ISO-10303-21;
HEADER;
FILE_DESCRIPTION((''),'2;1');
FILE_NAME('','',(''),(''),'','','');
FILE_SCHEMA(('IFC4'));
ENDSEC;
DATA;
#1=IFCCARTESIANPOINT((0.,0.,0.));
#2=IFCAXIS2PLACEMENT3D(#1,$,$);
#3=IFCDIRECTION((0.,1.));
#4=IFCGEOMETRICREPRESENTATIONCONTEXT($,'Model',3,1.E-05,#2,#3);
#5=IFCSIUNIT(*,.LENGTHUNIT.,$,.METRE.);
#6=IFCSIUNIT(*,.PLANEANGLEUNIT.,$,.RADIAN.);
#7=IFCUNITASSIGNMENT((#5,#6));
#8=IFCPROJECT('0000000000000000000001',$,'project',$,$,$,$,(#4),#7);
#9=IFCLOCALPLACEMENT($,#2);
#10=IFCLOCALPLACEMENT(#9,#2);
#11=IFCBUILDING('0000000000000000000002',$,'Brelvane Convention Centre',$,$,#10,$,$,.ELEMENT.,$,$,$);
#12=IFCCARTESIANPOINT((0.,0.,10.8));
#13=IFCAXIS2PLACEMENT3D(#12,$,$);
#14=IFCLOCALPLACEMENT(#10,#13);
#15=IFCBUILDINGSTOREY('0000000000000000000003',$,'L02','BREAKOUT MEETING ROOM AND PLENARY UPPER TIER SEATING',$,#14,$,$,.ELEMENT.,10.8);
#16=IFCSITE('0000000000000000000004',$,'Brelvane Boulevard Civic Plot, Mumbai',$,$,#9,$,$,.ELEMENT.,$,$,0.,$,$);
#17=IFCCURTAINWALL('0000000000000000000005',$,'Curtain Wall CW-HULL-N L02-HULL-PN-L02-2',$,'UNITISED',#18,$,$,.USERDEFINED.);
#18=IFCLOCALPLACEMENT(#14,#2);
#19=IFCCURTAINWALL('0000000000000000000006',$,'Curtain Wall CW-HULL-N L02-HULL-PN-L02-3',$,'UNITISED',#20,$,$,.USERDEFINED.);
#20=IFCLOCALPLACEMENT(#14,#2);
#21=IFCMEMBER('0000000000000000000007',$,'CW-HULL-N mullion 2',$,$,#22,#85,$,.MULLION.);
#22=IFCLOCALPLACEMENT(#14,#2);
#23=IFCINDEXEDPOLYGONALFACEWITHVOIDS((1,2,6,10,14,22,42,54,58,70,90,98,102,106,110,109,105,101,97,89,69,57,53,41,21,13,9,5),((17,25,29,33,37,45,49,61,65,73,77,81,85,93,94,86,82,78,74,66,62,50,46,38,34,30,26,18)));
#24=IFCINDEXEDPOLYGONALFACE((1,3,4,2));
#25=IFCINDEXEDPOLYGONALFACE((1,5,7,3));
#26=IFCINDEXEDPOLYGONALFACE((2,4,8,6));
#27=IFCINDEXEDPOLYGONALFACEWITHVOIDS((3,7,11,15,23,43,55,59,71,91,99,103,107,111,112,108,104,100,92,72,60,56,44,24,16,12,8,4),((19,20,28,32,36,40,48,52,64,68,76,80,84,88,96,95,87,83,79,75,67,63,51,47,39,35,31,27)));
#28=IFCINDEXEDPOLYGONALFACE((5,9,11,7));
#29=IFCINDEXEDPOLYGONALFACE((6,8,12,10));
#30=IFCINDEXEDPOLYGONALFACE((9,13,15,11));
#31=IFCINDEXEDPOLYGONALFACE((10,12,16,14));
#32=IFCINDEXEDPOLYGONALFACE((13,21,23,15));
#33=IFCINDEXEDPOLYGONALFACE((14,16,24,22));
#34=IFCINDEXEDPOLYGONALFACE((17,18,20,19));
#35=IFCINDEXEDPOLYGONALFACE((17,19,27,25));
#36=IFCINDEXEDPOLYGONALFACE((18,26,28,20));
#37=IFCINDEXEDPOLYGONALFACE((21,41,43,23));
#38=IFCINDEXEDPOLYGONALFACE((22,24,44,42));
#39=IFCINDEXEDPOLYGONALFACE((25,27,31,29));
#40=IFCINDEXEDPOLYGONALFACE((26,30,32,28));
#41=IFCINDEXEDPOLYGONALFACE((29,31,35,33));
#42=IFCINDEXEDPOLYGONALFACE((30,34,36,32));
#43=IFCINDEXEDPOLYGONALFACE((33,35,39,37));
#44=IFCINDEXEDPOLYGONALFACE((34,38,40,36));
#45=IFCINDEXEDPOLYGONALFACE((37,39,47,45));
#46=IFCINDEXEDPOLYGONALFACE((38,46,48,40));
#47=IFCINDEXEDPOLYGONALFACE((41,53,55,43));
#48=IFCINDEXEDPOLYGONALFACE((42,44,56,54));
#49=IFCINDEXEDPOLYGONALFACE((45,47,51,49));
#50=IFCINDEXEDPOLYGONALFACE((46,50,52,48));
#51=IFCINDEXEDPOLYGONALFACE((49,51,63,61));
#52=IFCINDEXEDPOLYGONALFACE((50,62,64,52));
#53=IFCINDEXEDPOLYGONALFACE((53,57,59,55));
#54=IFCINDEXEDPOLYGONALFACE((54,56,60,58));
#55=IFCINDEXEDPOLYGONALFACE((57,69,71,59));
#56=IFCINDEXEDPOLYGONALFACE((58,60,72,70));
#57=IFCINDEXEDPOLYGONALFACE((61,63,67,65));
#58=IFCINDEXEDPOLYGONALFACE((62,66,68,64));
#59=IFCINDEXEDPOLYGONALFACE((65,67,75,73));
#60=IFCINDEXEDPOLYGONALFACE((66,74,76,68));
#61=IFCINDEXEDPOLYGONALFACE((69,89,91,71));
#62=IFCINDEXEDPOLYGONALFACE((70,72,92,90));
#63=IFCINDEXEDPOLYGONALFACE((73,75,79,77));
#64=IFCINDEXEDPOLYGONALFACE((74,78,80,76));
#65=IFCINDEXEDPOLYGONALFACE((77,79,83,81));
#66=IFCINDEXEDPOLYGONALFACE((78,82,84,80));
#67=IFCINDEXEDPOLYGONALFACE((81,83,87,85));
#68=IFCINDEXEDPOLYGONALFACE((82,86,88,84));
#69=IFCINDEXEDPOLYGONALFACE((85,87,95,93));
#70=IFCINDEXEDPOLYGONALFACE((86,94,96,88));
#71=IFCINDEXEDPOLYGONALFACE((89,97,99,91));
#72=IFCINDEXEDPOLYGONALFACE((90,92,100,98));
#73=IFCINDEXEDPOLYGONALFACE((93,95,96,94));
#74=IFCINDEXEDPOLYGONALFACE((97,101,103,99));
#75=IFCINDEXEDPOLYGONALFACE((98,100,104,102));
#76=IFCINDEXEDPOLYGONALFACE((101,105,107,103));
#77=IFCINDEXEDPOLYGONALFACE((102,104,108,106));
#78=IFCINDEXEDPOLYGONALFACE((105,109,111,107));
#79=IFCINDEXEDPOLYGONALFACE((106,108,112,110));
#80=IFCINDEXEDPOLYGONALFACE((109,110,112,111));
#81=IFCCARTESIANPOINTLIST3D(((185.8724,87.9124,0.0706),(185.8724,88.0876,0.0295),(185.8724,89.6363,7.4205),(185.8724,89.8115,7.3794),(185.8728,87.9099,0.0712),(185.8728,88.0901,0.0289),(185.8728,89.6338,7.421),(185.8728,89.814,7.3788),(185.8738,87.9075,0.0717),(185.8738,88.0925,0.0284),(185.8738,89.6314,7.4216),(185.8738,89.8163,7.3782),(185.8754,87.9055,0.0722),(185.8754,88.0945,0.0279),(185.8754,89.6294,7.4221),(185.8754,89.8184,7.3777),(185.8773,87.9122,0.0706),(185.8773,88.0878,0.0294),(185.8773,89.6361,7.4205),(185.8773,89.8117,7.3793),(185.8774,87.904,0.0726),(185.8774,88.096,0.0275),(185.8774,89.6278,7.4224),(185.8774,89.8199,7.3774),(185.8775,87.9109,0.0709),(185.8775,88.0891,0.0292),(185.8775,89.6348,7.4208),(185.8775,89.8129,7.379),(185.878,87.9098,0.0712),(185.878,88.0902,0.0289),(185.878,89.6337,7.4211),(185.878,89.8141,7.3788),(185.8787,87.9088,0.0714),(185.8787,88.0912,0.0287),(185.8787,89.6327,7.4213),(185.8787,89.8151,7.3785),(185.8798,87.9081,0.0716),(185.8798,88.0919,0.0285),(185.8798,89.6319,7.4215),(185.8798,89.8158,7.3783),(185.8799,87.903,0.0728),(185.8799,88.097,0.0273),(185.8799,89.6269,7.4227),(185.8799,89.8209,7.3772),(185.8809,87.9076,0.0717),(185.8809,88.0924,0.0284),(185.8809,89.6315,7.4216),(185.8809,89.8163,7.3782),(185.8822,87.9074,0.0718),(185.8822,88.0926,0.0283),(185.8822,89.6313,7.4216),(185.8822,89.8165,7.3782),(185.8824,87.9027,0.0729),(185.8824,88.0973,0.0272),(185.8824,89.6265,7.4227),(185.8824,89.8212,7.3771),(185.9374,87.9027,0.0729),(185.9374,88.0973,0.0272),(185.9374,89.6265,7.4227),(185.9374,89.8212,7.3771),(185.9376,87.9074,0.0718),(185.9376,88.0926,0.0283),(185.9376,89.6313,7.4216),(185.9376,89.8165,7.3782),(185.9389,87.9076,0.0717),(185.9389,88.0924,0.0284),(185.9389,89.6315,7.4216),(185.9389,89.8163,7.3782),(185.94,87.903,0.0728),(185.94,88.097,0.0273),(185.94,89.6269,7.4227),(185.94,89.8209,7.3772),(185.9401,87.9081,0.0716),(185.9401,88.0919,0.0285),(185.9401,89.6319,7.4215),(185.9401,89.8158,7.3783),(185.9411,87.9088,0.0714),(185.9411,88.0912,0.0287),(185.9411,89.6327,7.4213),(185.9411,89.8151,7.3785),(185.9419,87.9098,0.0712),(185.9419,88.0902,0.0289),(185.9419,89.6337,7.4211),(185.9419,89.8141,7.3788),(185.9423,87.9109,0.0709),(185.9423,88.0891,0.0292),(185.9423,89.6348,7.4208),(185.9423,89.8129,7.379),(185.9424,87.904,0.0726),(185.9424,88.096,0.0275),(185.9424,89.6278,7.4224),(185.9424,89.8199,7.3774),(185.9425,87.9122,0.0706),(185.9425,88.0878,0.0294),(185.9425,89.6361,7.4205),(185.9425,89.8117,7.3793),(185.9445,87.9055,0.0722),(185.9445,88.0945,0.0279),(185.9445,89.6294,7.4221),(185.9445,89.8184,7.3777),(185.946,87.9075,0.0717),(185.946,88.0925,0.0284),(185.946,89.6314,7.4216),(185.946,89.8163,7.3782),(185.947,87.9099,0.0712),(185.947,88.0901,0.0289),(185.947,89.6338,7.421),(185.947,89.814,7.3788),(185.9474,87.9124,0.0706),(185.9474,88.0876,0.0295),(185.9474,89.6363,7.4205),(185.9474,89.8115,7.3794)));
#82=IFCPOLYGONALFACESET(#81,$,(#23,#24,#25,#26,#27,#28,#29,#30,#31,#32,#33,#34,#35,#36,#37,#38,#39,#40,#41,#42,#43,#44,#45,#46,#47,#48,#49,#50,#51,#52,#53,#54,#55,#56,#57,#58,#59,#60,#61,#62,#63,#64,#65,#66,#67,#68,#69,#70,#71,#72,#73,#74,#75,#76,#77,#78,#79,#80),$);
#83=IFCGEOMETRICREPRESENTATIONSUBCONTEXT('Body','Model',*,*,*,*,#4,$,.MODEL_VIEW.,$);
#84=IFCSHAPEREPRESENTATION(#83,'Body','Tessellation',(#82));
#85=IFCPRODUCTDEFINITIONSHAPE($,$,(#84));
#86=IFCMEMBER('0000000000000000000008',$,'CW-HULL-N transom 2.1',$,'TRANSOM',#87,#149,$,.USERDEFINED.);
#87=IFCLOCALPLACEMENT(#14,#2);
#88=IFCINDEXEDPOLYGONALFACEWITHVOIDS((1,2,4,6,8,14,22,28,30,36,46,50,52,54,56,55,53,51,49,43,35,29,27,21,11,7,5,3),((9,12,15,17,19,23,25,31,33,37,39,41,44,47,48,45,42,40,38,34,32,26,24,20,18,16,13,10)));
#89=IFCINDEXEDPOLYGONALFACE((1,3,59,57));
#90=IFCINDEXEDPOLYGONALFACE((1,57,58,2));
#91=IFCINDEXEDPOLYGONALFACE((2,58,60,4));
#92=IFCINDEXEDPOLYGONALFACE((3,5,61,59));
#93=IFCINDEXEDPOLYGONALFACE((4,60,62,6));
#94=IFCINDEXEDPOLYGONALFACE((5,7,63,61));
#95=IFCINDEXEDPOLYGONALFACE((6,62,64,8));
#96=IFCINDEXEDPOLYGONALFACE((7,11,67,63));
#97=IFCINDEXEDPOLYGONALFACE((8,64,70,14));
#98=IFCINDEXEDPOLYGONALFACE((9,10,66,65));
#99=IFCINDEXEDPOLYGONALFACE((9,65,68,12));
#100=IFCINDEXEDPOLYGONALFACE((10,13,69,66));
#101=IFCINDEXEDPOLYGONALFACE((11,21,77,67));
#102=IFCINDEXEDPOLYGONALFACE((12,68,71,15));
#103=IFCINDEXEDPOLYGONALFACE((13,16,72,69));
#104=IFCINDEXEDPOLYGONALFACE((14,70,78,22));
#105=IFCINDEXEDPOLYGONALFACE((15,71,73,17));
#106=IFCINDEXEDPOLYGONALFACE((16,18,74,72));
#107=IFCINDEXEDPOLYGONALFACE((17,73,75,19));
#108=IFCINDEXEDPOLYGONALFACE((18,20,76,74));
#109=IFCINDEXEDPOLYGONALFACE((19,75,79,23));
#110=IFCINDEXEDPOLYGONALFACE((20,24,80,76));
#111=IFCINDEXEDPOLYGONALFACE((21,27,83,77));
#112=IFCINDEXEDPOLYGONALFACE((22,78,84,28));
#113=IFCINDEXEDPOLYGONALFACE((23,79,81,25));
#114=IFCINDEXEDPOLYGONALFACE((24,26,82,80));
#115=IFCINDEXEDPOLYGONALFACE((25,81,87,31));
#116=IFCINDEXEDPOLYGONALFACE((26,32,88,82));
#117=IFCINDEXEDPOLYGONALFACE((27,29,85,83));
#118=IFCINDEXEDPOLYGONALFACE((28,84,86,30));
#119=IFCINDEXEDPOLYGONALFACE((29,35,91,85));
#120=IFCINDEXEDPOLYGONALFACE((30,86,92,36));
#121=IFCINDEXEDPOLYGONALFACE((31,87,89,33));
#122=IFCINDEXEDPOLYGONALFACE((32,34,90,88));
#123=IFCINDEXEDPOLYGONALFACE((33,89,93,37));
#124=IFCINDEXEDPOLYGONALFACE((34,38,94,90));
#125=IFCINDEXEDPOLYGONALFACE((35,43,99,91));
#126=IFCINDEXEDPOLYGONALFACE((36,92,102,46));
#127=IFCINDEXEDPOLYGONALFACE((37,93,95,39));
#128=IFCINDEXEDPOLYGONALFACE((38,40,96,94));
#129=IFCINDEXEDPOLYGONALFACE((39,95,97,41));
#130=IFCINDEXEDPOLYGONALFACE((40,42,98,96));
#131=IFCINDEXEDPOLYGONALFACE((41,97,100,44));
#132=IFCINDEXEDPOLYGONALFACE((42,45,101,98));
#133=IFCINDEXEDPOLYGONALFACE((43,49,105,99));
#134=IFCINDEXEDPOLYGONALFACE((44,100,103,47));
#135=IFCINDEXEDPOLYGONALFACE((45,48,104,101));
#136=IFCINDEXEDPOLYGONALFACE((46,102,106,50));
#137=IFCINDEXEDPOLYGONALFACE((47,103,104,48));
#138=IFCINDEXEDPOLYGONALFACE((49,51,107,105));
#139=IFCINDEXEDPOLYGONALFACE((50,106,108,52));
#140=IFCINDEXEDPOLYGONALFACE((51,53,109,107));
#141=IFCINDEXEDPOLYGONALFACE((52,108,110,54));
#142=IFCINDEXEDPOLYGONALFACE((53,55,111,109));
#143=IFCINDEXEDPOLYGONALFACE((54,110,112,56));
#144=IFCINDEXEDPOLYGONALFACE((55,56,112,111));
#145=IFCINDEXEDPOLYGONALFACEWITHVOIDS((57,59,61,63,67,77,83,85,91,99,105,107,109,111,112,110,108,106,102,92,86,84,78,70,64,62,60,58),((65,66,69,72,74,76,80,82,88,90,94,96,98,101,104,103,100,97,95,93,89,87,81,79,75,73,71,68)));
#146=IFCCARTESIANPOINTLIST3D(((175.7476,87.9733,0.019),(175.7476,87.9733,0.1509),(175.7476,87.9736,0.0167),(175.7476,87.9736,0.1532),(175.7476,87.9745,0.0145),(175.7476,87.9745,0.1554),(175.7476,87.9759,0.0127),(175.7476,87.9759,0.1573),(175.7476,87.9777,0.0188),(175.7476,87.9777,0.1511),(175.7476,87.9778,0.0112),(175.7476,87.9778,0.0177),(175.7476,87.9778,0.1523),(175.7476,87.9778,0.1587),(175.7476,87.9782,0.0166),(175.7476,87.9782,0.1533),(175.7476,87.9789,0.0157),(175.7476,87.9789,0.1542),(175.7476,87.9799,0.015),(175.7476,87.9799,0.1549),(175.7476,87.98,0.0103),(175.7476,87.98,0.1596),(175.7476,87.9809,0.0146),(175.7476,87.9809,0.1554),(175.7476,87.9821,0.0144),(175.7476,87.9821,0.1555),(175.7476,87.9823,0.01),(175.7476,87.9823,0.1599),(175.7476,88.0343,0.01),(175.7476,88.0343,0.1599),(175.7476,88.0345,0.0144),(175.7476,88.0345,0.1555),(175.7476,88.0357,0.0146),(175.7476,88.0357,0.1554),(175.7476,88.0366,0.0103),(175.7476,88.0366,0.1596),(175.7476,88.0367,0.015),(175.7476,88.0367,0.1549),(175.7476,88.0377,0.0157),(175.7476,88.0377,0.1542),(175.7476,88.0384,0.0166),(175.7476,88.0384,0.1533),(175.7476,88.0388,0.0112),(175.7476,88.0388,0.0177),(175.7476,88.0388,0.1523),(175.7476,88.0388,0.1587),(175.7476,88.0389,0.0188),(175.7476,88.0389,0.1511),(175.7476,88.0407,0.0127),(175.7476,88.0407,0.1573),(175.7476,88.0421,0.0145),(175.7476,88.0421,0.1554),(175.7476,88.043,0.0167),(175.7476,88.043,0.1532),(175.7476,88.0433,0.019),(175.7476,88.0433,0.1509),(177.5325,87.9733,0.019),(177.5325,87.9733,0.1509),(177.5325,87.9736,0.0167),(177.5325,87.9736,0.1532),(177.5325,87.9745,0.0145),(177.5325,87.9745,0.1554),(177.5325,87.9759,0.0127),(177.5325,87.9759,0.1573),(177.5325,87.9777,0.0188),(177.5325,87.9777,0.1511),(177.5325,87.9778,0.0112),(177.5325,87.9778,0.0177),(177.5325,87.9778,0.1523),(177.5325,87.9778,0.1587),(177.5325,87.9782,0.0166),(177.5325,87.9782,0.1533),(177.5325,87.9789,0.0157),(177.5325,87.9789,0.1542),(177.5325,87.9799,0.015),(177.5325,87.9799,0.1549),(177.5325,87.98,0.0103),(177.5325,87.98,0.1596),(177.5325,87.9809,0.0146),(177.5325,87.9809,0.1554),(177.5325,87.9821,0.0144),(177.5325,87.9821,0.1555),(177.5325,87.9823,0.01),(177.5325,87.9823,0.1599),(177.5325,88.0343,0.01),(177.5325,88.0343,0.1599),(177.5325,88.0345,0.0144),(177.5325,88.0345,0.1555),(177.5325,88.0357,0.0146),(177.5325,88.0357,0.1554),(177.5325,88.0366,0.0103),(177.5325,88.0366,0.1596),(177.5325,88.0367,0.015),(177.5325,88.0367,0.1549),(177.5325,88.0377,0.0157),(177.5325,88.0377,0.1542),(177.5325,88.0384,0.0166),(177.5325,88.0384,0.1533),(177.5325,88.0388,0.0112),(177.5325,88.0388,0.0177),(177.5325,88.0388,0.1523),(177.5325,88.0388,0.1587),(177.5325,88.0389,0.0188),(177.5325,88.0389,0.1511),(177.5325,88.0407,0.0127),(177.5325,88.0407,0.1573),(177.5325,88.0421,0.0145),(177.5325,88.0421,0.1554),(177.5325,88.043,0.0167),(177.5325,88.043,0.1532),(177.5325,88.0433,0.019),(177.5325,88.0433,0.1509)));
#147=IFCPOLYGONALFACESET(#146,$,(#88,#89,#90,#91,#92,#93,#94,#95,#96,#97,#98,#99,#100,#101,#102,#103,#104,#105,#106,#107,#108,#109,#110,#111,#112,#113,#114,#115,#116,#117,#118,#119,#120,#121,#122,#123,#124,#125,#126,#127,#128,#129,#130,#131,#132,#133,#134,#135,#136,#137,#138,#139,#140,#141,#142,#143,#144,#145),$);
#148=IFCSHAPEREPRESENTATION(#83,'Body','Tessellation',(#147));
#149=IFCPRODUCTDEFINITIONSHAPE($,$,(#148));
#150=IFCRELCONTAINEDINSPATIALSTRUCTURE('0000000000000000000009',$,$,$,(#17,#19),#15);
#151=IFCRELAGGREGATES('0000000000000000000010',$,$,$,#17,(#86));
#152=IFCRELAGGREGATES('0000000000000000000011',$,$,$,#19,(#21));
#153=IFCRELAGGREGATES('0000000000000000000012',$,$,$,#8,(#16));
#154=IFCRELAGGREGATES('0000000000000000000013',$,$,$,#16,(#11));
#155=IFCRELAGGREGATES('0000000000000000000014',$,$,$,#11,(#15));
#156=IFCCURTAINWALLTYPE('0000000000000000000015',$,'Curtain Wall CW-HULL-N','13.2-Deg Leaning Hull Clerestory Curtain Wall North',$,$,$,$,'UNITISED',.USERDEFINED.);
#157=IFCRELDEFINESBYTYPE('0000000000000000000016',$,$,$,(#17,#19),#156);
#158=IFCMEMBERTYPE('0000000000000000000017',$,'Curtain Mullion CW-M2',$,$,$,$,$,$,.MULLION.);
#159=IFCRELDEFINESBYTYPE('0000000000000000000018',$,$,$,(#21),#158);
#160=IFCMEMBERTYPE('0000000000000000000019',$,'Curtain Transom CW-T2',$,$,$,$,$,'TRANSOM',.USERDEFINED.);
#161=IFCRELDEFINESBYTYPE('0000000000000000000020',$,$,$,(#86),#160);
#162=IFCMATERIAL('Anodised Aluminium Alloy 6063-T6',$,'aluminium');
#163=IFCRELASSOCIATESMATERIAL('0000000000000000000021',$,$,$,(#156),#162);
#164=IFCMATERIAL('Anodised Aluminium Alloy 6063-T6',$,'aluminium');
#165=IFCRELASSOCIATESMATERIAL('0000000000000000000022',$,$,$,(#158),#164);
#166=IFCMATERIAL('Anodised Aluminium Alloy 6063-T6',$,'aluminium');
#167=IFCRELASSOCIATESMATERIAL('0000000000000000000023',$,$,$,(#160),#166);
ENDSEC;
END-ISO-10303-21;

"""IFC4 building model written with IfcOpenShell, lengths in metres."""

from ifc_helpers import new_model, si_unit, direction, frame, origin, origin_2d, place, context, subcontext, project, spatial, hollow_rectangle, extrude, material, material_profile, profile_set, type_object, element, aggregate, save


model = new_model("IFC4")

# Units and contexts
model_context = context("Model", 3, precision=1e-05, world=origin(), true_north=direction((0.0, 1.0)))
body_context = subcontext(model_context, "Body", "Model", "MODEL_VIEW")
ifc_project = project(units=[si_unit("LENGTHUNIT", "METRE"), si_unit("PLANEANGLEUNIT", "RADIAN")], contexts=[model_context])

# Site, building, storey
site_placement = place(None, origin())
site = spatial("IfcSite", under=ifc_project, at=site_placement, Name="Brelvane Boulevard Civic Plot, Mumbai", CompositionType="ELEMENT", RefElevation=0.0)
building_placement = place(site_placement, origin())
building = spatial("IfcBuilding", under=site, at=building_placement, Name="Brelvane Convention Centre", CompositionType="ELEMENT")
storey_placement = place(building_placement, frame((0.0, 0.0, 10.8)))
storey = spatial("IfcBuildingStorey", under=building, at=storey_placement, Name="L02", Description="BREAKOUT MEETING ROOM AND PLENARY UPPER TIER SEATING", CompositionType="ELEMENT", Elevation=10.8)

# Curtain walls, member
ifc_material_1 = material(Name="Anodised Aluminium Alloy 6063-T6", Category="aluminium")
curtain_wall_type = type_object("IfcCurtainWallType", Name="Curtain Wall CW-HULL-N", Description="13.2-Deg Leaning Hull Clerestory Curtain Wall North", ElementType="UNITISED", PredefinedType="USERDEFINED", material=ifc_material_1)
curtain_wall_1_placement = place(storey_placement, origin())
curtain_wall_1 = element("IfcCurtainWall", 1, at=curtain_wall_1_placement, inside=storey, type_object=curtain_wall_type, Name="Curtain Wall CW-HULL-N L02-HULL-PN-L02-2", ObjectType="UNITISED", PredefinedType="USERDEFINED")
ifc_material_2 = material(Name="Anodised Aluminium Alloy 6063-T6", Category="aluminium")
ifc_material_profile_1 = material_profile(ifc_material_2, hollow_rectangle(XDim=0.075, YDim=0.2, WallThickness=0.0049, InnerFilletRadius=0.0049, OuterFilletRadius=0.01, at=origin_2d()), Name="ALU-M 200x75x5.0")
ifc_profile_set_1 = profile_set([ifc_material_profile_1], Name="Anodised Aluminium Alloy 6063-T6")
member_type_1 = type_object("IfcMemberType", Name="Curtain Mullion CW-M2", PredefinedType="MULLION", material=ifc_profile_set_1)
curtain_wall_2_placement = place(storey_placement, origin())
curtain_wall_2 = element("IfcCurtainWall", 2, at=curtain_wall_2_placement, inside=storey, type_object=curtain_wall_type, Name="Curtain Wall CW-HULL-N L02-HULL-PN-L02-3", ObjectType="UNITISED", PredefinedType="USERDEFINED")
member_1_placement = place(storey_placement, frame((185.9099, 88.0, 0.05), z_axis=(0.0, 0.228349, 0.973579), x_axis=(-1.0, 0.0, 0.0)))
member_1 = element("IfcMember", 3, at=member_1_placement, type_object=member_type_1, Name="CW-HULL-N mullion 2", PredefinedType="MULLION", context=body_context, shape_type="SweptSolid", body=[
    extrude(hollow_rectangle(XDim=0.075, YDim=0.2, WallThickness=0.0049, InnerFilletRadius=0.0049, OuterFilletRadius=0.01, at=origin_2d()), origin(), (0.0, 0.0, 1.0), 7.5493),
])

# Member
ifc_material_3 = material(Name="Anodised Aluminium Alloy 6063-T6", Category="aluminium")
ifc_material_profile_2 = material_profile(ifc_material_3, hollow_rectangle(XDim=0.0701, YDim=0.1499, WallThickness=0.0044, InnerFilletRadius=0.0044, OuterFilletRadius=0.009, at=origin_2d()), Name="ALU-T 150x70x4.5")
ifc_profile_set_2 = profile_set([ifc_material_profile_2], Name="Anodised Aluminium Alloy 6063-T6")
member_type_2 = type_object("IfcMemberType", Name="Curtain Transom CW-T2", ElementType="TRANSOM", PredefinedType="USERDEFINED", material=ifc_profile_set_2)
member_2_placement = place(storey_placement, frame((175.7476, 88.0083, 0.085), z_axis=(1.0, 0.0, 0.0), x_axis=(0.0, 1.0, 0.0)))
member_2 = element("IfcMember", 4, at=member_2_placement, type_object=member_type_2, Name="CW-HULL-N transom 2.1", ObjectType="TRANSOM", PredefinedType="USERDEFINED", context=body_context, shape_type="SweptSolid", body=[
    extrude(hollow_rectangle(XDim=0.0701, YDim=0.1499, WallThickness=0.0044, InnerFilletRadius=0.0044, OuterFilletRadius=0.009, at=origin_2d()), origin(), (0.0, 0.0, 1.0), 1.7849),
])

aggregate(curtain_wall_1, [member_2])
aggregate(curtain_wall_2, [member_1])

save(model, "model.ifc")
